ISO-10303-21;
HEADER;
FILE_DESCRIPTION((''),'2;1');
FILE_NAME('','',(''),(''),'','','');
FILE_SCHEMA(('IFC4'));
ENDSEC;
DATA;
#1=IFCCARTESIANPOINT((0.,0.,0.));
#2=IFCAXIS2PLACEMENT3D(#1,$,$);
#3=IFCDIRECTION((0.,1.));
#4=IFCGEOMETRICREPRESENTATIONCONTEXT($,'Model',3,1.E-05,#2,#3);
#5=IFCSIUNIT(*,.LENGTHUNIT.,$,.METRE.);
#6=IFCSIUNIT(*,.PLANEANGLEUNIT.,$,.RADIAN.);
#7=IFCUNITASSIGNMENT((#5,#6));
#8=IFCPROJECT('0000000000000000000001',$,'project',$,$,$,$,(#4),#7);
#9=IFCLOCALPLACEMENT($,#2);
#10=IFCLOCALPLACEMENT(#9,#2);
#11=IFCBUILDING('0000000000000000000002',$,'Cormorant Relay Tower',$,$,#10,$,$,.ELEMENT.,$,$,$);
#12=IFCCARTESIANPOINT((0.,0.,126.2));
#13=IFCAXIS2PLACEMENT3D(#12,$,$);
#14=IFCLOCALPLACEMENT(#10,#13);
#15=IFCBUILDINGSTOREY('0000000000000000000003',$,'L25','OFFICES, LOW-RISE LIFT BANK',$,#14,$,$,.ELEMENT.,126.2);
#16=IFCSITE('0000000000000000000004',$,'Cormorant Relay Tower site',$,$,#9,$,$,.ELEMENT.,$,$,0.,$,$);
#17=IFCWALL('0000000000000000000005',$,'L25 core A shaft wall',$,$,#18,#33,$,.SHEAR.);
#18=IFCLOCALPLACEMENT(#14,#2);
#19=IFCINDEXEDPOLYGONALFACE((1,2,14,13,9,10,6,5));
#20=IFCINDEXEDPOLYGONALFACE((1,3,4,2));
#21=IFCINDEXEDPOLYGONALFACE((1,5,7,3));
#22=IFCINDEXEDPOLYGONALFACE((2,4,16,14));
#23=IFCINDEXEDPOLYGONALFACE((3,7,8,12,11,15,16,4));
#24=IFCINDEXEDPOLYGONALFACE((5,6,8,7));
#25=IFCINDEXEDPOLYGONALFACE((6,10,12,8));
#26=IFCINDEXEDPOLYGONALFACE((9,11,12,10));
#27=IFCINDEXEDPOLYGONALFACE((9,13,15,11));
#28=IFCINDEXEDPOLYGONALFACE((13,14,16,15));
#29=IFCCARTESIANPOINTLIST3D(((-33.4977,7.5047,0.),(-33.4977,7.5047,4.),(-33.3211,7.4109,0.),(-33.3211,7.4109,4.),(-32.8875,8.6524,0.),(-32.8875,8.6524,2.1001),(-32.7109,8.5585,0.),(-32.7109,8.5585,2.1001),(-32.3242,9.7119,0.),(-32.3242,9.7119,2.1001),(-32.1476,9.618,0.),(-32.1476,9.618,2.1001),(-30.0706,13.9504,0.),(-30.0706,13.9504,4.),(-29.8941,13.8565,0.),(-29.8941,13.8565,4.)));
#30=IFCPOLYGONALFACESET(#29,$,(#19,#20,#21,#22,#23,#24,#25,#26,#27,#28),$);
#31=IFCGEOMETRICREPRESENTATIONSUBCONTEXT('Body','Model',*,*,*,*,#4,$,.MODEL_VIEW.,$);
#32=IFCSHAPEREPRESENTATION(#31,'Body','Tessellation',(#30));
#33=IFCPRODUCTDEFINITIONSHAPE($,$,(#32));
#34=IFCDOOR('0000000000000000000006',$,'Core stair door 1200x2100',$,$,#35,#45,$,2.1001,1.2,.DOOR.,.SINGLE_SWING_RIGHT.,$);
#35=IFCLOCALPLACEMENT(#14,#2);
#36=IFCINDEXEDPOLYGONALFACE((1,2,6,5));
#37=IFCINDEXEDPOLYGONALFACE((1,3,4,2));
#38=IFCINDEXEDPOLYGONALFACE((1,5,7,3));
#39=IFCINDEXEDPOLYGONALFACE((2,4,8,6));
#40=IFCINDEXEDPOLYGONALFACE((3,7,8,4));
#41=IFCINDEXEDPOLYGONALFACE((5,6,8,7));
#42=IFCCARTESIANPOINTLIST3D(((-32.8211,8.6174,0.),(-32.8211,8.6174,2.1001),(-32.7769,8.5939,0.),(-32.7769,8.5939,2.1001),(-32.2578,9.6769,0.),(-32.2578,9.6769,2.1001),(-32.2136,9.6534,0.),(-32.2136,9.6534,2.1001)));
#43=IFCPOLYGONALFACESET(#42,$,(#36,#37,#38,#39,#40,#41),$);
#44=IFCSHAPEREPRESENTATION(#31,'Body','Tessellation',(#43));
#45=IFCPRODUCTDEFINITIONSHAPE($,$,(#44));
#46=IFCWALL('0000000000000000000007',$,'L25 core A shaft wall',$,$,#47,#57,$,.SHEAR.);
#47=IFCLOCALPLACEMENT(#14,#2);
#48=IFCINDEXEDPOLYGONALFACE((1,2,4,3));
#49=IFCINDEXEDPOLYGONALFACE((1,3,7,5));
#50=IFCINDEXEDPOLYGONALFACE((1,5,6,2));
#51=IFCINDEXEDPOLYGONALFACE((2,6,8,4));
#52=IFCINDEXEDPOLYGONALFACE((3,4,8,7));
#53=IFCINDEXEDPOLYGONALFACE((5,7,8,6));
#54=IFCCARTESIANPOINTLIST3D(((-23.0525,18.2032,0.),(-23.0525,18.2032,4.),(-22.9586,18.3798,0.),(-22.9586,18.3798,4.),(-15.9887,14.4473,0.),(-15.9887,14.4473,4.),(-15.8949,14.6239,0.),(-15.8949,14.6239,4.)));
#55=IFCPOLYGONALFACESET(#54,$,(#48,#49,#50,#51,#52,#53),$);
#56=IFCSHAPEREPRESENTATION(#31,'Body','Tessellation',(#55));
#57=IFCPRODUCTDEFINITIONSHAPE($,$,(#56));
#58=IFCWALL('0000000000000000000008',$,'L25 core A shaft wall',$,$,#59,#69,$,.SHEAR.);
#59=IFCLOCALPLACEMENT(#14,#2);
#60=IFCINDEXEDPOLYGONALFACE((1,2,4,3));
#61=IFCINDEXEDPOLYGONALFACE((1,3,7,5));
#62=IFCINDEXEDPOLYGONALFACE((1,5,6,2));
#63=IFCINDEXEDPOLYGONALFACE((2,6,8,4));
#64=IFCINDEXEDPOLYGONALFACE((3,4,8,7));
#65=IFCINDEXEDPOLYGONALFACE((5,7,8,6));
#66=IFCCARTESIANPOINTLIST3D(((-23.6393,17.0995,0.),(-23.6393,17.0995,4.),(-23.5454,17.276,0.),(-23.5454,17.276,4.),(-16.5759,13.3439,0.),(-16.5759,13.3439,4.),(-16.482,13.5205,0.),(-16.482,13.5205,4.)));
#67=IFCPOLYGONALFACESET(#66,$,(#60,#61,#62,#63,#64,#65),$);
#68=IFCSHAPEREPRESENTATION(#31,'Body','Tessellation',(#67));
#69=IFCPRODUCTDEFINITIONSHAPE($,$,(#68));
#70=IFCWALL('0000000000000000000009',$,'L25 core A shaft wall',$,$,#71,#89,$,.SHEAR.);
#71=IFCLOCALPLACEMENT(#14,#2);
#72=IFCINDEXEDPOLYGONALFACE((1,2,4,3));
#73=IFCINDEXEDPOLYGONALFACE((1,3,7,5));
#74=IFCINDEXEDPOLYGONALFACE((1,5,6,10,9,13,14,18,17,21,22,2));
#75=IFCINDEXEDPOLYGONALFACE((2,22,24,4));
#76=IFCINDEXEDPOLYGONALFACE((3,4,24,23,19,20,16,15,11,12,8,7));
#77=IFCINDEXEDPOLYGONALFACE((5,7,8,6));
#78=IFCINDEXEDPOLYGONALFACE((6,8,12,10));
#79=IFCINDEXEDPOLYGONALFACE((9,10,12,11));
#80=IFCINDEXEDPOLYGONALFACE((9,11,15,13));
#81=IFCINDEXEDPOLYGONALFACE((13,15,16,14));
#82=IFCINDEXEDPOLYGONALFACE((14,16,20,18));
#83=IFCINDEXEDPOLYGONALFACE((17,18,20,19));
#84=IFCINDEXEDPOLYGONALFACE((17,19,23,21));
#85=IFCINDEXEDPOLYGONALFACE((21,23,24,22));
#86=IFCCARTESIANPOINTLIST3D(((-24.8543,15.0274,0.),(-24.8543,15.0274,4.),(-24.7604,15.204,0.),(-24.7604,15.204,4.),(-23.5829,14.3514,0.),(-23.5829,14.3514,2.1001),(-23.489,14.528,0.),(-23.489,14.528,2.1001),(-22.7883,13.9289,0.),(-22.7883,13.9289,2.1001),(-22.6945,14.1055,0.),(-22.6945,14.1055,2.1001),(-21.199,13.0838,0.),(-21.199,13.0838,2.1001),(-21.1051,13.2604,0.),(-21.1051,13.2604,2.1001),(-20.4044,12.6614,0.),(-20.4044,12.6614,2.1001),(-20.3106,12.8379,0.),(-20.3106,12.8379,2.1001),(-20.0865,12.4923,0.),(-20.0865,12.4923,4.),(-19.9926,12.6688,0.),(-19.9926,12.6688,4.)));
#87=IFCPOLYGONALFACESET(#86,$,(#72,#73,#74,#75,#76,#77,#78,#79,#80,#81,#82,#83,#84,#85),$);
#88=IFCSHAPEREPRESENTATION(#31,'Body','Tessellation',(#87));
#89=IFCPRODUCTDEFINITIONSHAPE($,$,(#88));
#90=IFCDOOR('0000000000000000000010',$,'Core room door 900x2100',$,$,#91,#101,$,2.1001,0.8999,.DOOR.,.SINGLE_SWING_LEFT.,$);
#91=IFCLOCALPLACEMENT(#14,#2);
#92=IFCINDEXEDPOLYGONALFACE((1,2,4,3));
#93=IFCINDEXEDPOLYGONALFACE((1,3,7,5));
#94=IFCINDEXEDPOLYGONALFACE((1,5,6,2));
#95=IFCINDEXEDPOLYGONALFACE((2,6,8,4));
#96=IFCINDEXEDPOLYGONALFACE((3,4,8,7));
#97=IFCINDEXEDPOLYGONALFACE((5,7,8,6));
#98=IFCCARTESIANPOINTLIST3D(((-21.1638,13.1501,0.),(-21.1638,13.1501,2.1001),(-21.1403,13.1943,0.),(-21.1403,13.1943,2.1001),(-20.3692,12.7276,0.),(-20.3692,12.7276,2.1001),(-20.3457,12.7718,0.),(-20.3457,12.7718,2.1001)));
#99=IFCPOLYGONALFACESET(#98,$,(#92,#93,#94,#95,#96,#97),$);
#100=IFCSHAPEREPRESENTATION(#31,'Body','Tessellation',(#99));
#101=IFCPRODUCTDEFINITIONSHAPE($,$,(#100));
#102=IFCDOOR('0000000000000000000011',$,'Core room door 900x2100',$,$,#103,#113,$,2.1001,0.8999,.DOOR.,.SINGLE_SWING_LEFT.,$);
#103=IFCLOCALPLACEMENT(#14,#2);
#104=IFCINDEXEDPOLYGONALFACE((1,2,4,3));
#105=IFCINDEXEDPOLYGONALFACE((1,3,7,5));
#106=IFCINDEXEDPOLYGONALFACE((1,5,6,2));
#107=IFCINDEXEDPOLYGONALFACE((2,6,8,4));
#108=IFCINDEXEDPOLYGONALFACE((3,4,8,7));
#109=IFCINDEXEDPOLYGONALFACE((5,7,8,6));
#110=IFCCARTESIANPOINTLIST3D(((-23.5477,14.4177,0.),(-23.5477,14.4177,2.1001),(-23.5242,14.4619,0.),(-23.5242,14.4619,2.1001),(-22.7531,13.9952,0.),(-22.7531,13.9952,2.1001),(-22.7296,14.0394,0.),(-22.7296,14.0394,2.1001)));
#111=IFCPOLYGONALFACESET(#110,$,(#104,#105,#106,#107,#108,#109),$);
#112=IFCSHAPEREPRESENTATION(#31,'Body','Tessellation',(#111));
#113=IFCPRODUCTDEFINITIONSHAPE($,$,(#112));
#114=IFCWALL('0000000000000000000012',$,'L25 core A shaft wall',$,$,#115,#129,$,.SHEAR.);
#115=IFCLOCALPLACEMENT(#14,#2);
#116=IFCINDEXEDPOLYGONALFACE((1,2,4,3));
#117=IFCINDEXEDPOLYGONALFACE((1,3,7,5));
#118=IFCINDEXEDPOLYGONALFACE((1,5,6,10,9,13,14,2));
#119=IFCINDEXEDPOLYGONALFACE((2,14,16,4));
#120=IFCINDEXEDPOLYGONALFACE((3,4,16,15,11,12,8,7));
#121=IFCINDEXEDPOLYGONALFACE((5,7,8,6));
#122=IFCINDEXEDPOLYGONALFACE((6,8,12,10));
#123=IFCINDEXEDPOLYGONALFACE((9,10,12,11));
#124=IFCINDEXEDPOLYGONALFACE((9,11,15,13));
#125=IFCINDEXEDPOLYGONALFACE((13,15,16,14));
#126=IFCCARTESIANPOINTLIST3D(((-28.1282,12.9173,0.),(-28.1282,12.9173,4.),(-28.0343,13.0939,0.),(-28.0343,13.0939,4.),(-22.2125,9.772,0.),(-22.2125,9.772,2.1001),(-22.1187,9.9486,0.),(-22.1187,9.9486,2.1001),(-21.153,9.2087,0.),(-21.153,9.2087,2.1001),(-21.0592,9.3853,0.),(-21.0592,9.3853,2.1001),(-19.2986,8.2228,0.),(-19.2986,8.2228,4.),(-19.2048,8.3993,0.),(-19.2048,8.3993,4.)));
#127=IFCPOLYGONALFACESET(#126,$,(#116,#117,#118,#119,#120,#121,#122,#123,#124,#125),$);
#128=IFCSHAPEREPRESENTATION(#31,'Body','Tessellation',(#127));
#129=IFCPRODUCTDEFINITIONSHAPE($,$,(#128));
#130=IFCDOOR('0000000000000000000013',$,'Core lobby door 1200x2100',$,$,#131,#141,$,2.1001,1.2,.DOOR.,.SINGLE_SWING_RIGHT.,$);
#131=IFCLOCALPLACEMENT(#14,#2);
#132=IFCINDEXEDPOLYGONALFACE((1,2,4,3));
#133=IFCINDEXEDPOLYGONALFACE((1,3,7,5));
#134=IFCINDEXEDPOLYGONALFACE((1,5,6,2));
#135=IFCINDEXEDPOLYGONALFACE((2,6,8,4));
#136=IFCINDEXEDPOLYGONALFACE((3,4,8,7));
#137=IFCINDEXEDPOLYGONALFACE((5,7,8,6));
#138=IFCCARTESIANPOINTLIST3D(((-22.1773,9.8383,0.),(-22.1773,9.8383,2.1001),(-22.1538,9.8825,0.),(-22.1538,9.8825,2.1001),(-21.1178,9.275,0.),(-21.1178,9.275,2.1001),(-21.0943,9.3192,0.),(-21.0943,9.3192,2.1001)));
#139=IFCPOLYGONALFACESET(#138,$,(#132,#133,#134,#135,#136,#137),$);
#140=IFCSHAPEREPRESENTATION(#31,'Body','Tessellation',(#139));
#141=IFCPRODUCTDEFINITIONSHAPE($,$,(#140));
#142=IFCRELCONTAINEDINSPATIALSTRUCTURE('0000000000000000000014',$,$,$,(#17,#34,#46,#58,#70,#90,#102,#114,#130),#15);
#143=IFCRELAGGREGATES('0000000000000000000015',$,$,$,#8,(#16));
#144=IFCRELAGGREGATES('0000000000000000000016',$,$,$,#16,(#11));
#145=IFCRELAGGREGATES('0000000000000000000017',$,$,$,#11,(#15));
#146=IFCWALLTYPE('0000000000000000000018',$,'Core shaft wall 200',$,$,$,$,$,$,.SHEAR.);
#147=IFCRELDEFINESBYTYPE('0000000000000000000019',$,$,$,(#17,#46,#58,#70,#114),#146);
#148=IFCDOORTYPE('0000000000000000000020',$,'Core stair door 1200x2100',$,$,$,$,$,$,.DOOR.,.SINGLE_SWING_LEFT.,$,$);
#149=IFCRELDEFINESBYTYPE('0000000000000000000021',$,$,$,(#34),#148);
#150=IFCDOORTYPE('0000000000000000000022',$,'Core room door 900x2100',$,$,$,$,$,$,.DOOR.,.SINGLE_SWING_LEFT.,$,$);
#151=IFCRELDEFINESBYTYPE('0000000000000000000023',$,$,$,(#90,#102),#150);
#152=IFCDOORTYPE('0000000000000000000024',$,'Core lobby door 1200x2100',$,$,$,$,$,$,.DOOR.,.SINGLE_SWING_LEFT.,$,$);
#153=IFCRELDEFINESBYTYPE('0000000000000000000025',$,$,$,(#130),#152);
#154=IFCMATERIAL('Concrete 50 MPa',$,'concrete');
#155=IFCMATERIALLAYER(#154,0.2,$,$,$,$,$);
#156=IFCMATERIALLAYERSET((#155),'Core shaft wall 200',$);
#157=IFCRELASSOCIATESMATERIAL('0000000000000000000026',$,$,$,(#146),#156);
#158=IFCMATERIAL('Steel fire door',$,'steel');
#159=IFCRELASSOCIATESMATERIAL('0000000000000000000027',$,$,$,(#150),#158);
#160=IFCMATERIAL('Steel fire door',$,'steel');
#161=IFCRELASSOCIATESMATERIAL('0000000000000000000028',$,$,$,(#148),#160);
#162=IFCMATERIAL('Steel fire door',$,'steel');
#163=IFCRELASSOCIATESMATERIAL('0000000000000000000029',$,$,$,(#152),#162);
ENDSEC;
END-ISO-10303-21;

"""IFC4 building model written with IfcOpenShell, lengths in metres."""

from ifc_helpers import new_model, si_unit, direction, frame, frame_2d, origin, place, context, subcontext, project, spatial, rectangle, extrude, material, layer, layer_set, type_object, element, fill, save


model = new_model("IFC4")

# Units and contexts
model_context = context("Model", 3, precision=1e-05, world=origin(), true_north=direction((0.0, 1.0)))
body_context = subcontext(model_context, "Body", "Model", "MODEL_VIEW")
ifc_project = project(units=[si_unit("LENGTHUNIT", "METRE"), si_unit("PLANEANGLEUNIT", "RADIAN")], contexts=[model_context])

# Site, building, storey
site_placement = place(None, origin())
site = spatial("IfcSite", under=ifc_project, at=site_placement, Name="Cormorant Relay Tower site", CompositionType="ELEMENT", RefElevation=0.0)
building_placement = place(site_placement, origin())
building = spatial("IfcBuilding", under=site, at=building_placement, Name="Cormorant Relay Tower", CompositionType="ELEMENT")
storey_placement = place(building_placement, frame((0.0, 0.0, 126.2)))
storey = spatial("IfcBuildingStorey", under=building, at=storey_placement, Name="L25", Description="OFFICES, LOW-RISE LIFT BANK", CompositionType="ELEMENT", Elevation=126.2)

# Shared definitions
ifc_material_1 = material(Name="Concrete 50 MPa", Category="concrete")
ifc_layer_1 = layer(ifc_material_1, 0.2)
ifc_layer_set_1 = layer_set([ifc_layer_1], Name="Core shaft wall 200")
wall_type_1 = type_object("IfcWallType", Name="Core shaft wall 200", PredefinedType="SHEAR", material=ifc_layer_set_1)

# Shared definitions
ifc_material_2 = material(Name="Steel fire door", Category="steel")
door_type_1 = type_object("IfcDoorType", Name="Core room door 900x2100", OperationType="SINGLE_SWING_LEFT", PredefinedType="DOOR", material=ifc_material_2)

# Wall, opening, door
wall_1_placement = place(storey_placement, frame((-29.9824, 13.9033, 0.0), z_axis=(0.0, 0.0, 1.0), x_axis=(-0.469454, -0.882957, 0.0)))
wall_1 = element("IfcWall", 1, at=wall_1_placement, inside=storey, type_object=wall_type_1, Name="L25 core A shaft wall", PredefinedType="SHEAR", context=body_context, shape_type="SweptSolid", body=[
    extrude(rectangle(XDim=7.3, YDim=0.2, at=frame_2d((3.6499, 0.0))), origin(), (0.0, 0.0, 1.0), 4.0),
])
opening_1_placement = place(wall_1_placement, frame((4.8, 0.0, 0.0)))
opening_1 = element("IfcOpeningElement", 2, at=opening_1_placement, cuts=wall_1, PredefinedType="OPENING", context=body_context, shape_type="SweptSolid", body=[
    extrude(rectangle(XDim=1.2, YDim=2.1001, at=frame_2d((0.6001, 1.05))), frame((0.0, 0.1099, 0.0), z_axis=(0.0, -1.0, 0.0), x_axis=(1.0, 0.0, 0.0)), (0.0, 0.0, 1.0), 0.22),
])
ifc_material_3 = material(Name="Steel fire door", Category="steel")
door_type_2 = type_object("IfcDoorType", Name="Core stair door 1200x2100", OperationType="SINGLE_SWING_LEFT", PredefinedType="DOOR", material=ifc_material_3)
door_1_placement = place(opening_1_placement, frame((1.2, 0.0, 0.0), z_axis=(0.0, 0.0, 1.0), x_axis=(-1.0, 0.0, 0.0)))
door_1 = element("IfcDoor", 3, at=door_1_placement, inside=storey, type_object=door_type_2, Name="Core stair door 1200x2100", OperationType="SINGLE_SWING_RIGHT", OverallHeight=2.1001, OverallWidth=1.2, PredefinedType="DOOR", context=body_context, shape_type="SweptSolid", body=[
    extrude(rectangle(XDim=1.2, YDim=2.1001, at=frame_2d((0.6001, 1.05))), frame((0.0, 0.0249, 0.0), z_axis=(0.0, -1.0, 0.0), x_axis=(1.0, 0.0, 0.0)), (0.0, 0.0, 1.0), 0.05),
])
fill(opening_1, door_1)

# Walls
wall_2_placement = place(storey_placement, frame((-15.9419, 14.5356, 0.0), z_axis=(0.0, 0.0, 1.0), x_axis=(-0.882947, 0.469473, 0.0)))
element("IfcWall", 4, at=wall_2_placement, inside=storey, type_object=wall_type_1, Name="L25 core A shaft wall", PredefinedType="SHEAR", context=body_context, shape_type="SweptSolid", body=[
    extrude(rectangle(XDim=8.0002, YDim=0.2, at=frame_2d((4.0, 0.0))), origin(), (0.0, 0.0, 1.0), 4.0),
])
wall_3_placement = place(storey_placement, frame((-16.5288, 13.4321, 0.0), z_axis=(0.0, 0.0, 1.0), x_axis=(-0.882953, 0.469462, 0.0)))
element("IfcWall", 5, at=wall_3_placement, inside=storey, type_object=wall_type_1, Name="L25 core A shaft wall", PredefinedType="SHEAR", context=body_context, shape_type="SweptSolid", body=[
    extrude(rectangle(XDim=7.9998, YDim=0.2, at=frame_2d((4.0, 0.0))), origin(), (0.0, 0.0, 1.0), 4.0),
])

# Wall, openings, doors
wall_4_placement = place(storey_placement, frame((-20.0396, 12.5806, 0.0), z_axis=(0.0, 0.0, 1.0), x_axis=(-0.882943, 0.46948, 0.0)))
wall_4 = element("IfcWall", 6, at=wall_4_placement, inside=storey, type_object=wall_type_1, Name="L25 core A shaft wall", PredefinedType="SHEAR", context=body_context, shape_type="SweptSolid", body=[
    extrude(rectangle(XDim=5.3999, YDim=0.2, at=frame_2d((2.7, 0.0))), origin(), (0.0, 0.0, 1.0), 4.0),
])
opening_2_placement = place(wall_4_placement, frame((0.3601, 0.0, 0.0)))
opening_2 = element("IfcOpeningElement", 7, at=opening_2_placement, cuts=wall_4, PredefinedType="OPENING", context=body_context, shape_type="SweptSolid", body=[
    extrude(rectangle(XDim=0.8999, YDim=2.1001, at=frame_2d((0.45, 1.05))), frame((0.0, 0.1099, 0.0), z_axis=(0.0, -1.0, 0.0), x_axis=(1.0, 0.0, 0.0)), (0.0, 0.0, 1.0), 0.22),
])
opening_3_placement = place(wall_4_placement, frame((3.0601, 0.0, 0.0)))
opening_3 = element("IfcOpeningElement", 8, at=opening_3_placement, cuts=wall_4, PredefinedType="OPENING", context=body_context, shape_type="SweptSolid", body=[
    extrude(rectangle(XDim=0.8999, YDim=2.1001, at=frame_2d((0.45, 1.05))), frame((0.0, 0.1099, 0.0), z_axis=(0.0, -1.0, 0.0), x_axis=(1.0, 0.0, 0.0)), (0.0, 0.0, 1.0), 0.22),
])
door_2_placement = place(opening_2_placement, origin())
door_2 = element("IfcDoor", 9, at=door_2_placement, inside=storey, type_object=door_type_1, Name="Core room door 900x2100", OperationType="SINGLE_SWING_LEFT", OverallHeight=2.1001, OverallWidth=0.8999, PredefinedType="DOOR", context=body_context, shape_type="SweptSolid", body=[
    extrude(rectangle(XDim=0.8999, YDim=2.1001, at=frame_2d((0.45, 1.05))), frame((0.0, 0.0249, 0.0), z_axis=(0.0, -1.0, 0.0), x_axis=(1.0, 0.0, 0.0)), (0.0, 0.0, 1.0), 0.05),
])
fill(opening_2, door_2)
door_3_placement = place(opening_3_placement, origin())
door_3 = element("IfcDoor", 10, at=door_3_placement, inside=storey, type_object=door_type_1, Name="Core room door 900x2100", OperationType="SINGLE_SWING_LEFT", OverallHeight=2.1001, OverallWidth=0.8999, PredefinedType="DOOR", context=body_context, shape_type="SweptSolid", body=[
    extrude(rectangle(XDim=0.8999, YDim=2.1001, at=frame_2d((0.45, 1.05))), frame((0.0, 0.0249, 0.0), z_axis=(0.0, -1.0, 0.0), x_axis=(1.0, 0.0, 0.0)), (0.0, 0.0, 1.0), 0.05),
])
fill(opening_3, door_3)

# Wall, opening, door
wall_5_placement = place(storey_placement, frame((-19.2517, 8.311, 0.0), z_axis=(0.0, 0.0, 1.0), x_axis=(-0.882956, 0.469456, 0.0)))
wall_5 = element("IfcWall", 11, at=wall_5_placement, inside=storey, type_object=wall_type_1, Name="L25 core A shaft wall", PredefinedType="SHEAR", context=body_context, shape_type="SweptSolid", body=[
    extrude(rectangle(XDim=10.0, YDim=0.2, at=frame_2d((5.0, 0.0))), origin(), (0.0, 0.0, 1.0), 4.0),
])
opening_4_placement = place(wall_5_placement, frame((2.1001, 0.0, 0.0)))
opening_4 = element("IfcOpeningElement", 12, at=opening_4_placement, cuts=wall_5, PredefinedType="OPENING", context=body_context, shape_type="SweptSolid", body=[
    extrude(rectangle(XDim=1.2, YDim=2.1001, at=frame_2d((0.6001, 1.05))), frame((0.0, 0.1099, 0.0), z_axis=(0.0, -1.0, 0.0), x_axis=(1.0, 0.0, 0.0)), (0.0, 0.0, 1.0), 0.22),
])
ifc_material_4 = material(Name="Steel fire door", Category="steel")
door_type_3 = type_object("IfcDoorType", Name="Core lobby door 1200x2100", OperationType="SINGLE_SWING_LEFT", PredefinedType="DOOR", material=ifc_material_4)
door_4_placement = place(opening_4_placement, origin())
door_4 = element("IfcDoor", 13, at=door_4_placement, inside=storey, type_object=door_type_3, Name="Core lobby door 1200x2100", OperationType="SINGLE_SWING_RIGHT", OverallHeight=2.1001, OverallWidth=1.2, PredefinedType="DOOR", context=body_context, shape_type="SweptSolid", body=[
    extrude(rectangle(XDim=1.2, YDim=2.1001, at=frame_2d((0.6001, 1.05))), frame((0.0, 0.0249, 0.0), z_axis=(0.0, -1.0, 0.0), x_axis=(1.0, 0.0, 0.0)), (0.0, 0.0, 1.0), 0.05),
])
fill(opening_4, door_4)

save(model, "model.ifc")
